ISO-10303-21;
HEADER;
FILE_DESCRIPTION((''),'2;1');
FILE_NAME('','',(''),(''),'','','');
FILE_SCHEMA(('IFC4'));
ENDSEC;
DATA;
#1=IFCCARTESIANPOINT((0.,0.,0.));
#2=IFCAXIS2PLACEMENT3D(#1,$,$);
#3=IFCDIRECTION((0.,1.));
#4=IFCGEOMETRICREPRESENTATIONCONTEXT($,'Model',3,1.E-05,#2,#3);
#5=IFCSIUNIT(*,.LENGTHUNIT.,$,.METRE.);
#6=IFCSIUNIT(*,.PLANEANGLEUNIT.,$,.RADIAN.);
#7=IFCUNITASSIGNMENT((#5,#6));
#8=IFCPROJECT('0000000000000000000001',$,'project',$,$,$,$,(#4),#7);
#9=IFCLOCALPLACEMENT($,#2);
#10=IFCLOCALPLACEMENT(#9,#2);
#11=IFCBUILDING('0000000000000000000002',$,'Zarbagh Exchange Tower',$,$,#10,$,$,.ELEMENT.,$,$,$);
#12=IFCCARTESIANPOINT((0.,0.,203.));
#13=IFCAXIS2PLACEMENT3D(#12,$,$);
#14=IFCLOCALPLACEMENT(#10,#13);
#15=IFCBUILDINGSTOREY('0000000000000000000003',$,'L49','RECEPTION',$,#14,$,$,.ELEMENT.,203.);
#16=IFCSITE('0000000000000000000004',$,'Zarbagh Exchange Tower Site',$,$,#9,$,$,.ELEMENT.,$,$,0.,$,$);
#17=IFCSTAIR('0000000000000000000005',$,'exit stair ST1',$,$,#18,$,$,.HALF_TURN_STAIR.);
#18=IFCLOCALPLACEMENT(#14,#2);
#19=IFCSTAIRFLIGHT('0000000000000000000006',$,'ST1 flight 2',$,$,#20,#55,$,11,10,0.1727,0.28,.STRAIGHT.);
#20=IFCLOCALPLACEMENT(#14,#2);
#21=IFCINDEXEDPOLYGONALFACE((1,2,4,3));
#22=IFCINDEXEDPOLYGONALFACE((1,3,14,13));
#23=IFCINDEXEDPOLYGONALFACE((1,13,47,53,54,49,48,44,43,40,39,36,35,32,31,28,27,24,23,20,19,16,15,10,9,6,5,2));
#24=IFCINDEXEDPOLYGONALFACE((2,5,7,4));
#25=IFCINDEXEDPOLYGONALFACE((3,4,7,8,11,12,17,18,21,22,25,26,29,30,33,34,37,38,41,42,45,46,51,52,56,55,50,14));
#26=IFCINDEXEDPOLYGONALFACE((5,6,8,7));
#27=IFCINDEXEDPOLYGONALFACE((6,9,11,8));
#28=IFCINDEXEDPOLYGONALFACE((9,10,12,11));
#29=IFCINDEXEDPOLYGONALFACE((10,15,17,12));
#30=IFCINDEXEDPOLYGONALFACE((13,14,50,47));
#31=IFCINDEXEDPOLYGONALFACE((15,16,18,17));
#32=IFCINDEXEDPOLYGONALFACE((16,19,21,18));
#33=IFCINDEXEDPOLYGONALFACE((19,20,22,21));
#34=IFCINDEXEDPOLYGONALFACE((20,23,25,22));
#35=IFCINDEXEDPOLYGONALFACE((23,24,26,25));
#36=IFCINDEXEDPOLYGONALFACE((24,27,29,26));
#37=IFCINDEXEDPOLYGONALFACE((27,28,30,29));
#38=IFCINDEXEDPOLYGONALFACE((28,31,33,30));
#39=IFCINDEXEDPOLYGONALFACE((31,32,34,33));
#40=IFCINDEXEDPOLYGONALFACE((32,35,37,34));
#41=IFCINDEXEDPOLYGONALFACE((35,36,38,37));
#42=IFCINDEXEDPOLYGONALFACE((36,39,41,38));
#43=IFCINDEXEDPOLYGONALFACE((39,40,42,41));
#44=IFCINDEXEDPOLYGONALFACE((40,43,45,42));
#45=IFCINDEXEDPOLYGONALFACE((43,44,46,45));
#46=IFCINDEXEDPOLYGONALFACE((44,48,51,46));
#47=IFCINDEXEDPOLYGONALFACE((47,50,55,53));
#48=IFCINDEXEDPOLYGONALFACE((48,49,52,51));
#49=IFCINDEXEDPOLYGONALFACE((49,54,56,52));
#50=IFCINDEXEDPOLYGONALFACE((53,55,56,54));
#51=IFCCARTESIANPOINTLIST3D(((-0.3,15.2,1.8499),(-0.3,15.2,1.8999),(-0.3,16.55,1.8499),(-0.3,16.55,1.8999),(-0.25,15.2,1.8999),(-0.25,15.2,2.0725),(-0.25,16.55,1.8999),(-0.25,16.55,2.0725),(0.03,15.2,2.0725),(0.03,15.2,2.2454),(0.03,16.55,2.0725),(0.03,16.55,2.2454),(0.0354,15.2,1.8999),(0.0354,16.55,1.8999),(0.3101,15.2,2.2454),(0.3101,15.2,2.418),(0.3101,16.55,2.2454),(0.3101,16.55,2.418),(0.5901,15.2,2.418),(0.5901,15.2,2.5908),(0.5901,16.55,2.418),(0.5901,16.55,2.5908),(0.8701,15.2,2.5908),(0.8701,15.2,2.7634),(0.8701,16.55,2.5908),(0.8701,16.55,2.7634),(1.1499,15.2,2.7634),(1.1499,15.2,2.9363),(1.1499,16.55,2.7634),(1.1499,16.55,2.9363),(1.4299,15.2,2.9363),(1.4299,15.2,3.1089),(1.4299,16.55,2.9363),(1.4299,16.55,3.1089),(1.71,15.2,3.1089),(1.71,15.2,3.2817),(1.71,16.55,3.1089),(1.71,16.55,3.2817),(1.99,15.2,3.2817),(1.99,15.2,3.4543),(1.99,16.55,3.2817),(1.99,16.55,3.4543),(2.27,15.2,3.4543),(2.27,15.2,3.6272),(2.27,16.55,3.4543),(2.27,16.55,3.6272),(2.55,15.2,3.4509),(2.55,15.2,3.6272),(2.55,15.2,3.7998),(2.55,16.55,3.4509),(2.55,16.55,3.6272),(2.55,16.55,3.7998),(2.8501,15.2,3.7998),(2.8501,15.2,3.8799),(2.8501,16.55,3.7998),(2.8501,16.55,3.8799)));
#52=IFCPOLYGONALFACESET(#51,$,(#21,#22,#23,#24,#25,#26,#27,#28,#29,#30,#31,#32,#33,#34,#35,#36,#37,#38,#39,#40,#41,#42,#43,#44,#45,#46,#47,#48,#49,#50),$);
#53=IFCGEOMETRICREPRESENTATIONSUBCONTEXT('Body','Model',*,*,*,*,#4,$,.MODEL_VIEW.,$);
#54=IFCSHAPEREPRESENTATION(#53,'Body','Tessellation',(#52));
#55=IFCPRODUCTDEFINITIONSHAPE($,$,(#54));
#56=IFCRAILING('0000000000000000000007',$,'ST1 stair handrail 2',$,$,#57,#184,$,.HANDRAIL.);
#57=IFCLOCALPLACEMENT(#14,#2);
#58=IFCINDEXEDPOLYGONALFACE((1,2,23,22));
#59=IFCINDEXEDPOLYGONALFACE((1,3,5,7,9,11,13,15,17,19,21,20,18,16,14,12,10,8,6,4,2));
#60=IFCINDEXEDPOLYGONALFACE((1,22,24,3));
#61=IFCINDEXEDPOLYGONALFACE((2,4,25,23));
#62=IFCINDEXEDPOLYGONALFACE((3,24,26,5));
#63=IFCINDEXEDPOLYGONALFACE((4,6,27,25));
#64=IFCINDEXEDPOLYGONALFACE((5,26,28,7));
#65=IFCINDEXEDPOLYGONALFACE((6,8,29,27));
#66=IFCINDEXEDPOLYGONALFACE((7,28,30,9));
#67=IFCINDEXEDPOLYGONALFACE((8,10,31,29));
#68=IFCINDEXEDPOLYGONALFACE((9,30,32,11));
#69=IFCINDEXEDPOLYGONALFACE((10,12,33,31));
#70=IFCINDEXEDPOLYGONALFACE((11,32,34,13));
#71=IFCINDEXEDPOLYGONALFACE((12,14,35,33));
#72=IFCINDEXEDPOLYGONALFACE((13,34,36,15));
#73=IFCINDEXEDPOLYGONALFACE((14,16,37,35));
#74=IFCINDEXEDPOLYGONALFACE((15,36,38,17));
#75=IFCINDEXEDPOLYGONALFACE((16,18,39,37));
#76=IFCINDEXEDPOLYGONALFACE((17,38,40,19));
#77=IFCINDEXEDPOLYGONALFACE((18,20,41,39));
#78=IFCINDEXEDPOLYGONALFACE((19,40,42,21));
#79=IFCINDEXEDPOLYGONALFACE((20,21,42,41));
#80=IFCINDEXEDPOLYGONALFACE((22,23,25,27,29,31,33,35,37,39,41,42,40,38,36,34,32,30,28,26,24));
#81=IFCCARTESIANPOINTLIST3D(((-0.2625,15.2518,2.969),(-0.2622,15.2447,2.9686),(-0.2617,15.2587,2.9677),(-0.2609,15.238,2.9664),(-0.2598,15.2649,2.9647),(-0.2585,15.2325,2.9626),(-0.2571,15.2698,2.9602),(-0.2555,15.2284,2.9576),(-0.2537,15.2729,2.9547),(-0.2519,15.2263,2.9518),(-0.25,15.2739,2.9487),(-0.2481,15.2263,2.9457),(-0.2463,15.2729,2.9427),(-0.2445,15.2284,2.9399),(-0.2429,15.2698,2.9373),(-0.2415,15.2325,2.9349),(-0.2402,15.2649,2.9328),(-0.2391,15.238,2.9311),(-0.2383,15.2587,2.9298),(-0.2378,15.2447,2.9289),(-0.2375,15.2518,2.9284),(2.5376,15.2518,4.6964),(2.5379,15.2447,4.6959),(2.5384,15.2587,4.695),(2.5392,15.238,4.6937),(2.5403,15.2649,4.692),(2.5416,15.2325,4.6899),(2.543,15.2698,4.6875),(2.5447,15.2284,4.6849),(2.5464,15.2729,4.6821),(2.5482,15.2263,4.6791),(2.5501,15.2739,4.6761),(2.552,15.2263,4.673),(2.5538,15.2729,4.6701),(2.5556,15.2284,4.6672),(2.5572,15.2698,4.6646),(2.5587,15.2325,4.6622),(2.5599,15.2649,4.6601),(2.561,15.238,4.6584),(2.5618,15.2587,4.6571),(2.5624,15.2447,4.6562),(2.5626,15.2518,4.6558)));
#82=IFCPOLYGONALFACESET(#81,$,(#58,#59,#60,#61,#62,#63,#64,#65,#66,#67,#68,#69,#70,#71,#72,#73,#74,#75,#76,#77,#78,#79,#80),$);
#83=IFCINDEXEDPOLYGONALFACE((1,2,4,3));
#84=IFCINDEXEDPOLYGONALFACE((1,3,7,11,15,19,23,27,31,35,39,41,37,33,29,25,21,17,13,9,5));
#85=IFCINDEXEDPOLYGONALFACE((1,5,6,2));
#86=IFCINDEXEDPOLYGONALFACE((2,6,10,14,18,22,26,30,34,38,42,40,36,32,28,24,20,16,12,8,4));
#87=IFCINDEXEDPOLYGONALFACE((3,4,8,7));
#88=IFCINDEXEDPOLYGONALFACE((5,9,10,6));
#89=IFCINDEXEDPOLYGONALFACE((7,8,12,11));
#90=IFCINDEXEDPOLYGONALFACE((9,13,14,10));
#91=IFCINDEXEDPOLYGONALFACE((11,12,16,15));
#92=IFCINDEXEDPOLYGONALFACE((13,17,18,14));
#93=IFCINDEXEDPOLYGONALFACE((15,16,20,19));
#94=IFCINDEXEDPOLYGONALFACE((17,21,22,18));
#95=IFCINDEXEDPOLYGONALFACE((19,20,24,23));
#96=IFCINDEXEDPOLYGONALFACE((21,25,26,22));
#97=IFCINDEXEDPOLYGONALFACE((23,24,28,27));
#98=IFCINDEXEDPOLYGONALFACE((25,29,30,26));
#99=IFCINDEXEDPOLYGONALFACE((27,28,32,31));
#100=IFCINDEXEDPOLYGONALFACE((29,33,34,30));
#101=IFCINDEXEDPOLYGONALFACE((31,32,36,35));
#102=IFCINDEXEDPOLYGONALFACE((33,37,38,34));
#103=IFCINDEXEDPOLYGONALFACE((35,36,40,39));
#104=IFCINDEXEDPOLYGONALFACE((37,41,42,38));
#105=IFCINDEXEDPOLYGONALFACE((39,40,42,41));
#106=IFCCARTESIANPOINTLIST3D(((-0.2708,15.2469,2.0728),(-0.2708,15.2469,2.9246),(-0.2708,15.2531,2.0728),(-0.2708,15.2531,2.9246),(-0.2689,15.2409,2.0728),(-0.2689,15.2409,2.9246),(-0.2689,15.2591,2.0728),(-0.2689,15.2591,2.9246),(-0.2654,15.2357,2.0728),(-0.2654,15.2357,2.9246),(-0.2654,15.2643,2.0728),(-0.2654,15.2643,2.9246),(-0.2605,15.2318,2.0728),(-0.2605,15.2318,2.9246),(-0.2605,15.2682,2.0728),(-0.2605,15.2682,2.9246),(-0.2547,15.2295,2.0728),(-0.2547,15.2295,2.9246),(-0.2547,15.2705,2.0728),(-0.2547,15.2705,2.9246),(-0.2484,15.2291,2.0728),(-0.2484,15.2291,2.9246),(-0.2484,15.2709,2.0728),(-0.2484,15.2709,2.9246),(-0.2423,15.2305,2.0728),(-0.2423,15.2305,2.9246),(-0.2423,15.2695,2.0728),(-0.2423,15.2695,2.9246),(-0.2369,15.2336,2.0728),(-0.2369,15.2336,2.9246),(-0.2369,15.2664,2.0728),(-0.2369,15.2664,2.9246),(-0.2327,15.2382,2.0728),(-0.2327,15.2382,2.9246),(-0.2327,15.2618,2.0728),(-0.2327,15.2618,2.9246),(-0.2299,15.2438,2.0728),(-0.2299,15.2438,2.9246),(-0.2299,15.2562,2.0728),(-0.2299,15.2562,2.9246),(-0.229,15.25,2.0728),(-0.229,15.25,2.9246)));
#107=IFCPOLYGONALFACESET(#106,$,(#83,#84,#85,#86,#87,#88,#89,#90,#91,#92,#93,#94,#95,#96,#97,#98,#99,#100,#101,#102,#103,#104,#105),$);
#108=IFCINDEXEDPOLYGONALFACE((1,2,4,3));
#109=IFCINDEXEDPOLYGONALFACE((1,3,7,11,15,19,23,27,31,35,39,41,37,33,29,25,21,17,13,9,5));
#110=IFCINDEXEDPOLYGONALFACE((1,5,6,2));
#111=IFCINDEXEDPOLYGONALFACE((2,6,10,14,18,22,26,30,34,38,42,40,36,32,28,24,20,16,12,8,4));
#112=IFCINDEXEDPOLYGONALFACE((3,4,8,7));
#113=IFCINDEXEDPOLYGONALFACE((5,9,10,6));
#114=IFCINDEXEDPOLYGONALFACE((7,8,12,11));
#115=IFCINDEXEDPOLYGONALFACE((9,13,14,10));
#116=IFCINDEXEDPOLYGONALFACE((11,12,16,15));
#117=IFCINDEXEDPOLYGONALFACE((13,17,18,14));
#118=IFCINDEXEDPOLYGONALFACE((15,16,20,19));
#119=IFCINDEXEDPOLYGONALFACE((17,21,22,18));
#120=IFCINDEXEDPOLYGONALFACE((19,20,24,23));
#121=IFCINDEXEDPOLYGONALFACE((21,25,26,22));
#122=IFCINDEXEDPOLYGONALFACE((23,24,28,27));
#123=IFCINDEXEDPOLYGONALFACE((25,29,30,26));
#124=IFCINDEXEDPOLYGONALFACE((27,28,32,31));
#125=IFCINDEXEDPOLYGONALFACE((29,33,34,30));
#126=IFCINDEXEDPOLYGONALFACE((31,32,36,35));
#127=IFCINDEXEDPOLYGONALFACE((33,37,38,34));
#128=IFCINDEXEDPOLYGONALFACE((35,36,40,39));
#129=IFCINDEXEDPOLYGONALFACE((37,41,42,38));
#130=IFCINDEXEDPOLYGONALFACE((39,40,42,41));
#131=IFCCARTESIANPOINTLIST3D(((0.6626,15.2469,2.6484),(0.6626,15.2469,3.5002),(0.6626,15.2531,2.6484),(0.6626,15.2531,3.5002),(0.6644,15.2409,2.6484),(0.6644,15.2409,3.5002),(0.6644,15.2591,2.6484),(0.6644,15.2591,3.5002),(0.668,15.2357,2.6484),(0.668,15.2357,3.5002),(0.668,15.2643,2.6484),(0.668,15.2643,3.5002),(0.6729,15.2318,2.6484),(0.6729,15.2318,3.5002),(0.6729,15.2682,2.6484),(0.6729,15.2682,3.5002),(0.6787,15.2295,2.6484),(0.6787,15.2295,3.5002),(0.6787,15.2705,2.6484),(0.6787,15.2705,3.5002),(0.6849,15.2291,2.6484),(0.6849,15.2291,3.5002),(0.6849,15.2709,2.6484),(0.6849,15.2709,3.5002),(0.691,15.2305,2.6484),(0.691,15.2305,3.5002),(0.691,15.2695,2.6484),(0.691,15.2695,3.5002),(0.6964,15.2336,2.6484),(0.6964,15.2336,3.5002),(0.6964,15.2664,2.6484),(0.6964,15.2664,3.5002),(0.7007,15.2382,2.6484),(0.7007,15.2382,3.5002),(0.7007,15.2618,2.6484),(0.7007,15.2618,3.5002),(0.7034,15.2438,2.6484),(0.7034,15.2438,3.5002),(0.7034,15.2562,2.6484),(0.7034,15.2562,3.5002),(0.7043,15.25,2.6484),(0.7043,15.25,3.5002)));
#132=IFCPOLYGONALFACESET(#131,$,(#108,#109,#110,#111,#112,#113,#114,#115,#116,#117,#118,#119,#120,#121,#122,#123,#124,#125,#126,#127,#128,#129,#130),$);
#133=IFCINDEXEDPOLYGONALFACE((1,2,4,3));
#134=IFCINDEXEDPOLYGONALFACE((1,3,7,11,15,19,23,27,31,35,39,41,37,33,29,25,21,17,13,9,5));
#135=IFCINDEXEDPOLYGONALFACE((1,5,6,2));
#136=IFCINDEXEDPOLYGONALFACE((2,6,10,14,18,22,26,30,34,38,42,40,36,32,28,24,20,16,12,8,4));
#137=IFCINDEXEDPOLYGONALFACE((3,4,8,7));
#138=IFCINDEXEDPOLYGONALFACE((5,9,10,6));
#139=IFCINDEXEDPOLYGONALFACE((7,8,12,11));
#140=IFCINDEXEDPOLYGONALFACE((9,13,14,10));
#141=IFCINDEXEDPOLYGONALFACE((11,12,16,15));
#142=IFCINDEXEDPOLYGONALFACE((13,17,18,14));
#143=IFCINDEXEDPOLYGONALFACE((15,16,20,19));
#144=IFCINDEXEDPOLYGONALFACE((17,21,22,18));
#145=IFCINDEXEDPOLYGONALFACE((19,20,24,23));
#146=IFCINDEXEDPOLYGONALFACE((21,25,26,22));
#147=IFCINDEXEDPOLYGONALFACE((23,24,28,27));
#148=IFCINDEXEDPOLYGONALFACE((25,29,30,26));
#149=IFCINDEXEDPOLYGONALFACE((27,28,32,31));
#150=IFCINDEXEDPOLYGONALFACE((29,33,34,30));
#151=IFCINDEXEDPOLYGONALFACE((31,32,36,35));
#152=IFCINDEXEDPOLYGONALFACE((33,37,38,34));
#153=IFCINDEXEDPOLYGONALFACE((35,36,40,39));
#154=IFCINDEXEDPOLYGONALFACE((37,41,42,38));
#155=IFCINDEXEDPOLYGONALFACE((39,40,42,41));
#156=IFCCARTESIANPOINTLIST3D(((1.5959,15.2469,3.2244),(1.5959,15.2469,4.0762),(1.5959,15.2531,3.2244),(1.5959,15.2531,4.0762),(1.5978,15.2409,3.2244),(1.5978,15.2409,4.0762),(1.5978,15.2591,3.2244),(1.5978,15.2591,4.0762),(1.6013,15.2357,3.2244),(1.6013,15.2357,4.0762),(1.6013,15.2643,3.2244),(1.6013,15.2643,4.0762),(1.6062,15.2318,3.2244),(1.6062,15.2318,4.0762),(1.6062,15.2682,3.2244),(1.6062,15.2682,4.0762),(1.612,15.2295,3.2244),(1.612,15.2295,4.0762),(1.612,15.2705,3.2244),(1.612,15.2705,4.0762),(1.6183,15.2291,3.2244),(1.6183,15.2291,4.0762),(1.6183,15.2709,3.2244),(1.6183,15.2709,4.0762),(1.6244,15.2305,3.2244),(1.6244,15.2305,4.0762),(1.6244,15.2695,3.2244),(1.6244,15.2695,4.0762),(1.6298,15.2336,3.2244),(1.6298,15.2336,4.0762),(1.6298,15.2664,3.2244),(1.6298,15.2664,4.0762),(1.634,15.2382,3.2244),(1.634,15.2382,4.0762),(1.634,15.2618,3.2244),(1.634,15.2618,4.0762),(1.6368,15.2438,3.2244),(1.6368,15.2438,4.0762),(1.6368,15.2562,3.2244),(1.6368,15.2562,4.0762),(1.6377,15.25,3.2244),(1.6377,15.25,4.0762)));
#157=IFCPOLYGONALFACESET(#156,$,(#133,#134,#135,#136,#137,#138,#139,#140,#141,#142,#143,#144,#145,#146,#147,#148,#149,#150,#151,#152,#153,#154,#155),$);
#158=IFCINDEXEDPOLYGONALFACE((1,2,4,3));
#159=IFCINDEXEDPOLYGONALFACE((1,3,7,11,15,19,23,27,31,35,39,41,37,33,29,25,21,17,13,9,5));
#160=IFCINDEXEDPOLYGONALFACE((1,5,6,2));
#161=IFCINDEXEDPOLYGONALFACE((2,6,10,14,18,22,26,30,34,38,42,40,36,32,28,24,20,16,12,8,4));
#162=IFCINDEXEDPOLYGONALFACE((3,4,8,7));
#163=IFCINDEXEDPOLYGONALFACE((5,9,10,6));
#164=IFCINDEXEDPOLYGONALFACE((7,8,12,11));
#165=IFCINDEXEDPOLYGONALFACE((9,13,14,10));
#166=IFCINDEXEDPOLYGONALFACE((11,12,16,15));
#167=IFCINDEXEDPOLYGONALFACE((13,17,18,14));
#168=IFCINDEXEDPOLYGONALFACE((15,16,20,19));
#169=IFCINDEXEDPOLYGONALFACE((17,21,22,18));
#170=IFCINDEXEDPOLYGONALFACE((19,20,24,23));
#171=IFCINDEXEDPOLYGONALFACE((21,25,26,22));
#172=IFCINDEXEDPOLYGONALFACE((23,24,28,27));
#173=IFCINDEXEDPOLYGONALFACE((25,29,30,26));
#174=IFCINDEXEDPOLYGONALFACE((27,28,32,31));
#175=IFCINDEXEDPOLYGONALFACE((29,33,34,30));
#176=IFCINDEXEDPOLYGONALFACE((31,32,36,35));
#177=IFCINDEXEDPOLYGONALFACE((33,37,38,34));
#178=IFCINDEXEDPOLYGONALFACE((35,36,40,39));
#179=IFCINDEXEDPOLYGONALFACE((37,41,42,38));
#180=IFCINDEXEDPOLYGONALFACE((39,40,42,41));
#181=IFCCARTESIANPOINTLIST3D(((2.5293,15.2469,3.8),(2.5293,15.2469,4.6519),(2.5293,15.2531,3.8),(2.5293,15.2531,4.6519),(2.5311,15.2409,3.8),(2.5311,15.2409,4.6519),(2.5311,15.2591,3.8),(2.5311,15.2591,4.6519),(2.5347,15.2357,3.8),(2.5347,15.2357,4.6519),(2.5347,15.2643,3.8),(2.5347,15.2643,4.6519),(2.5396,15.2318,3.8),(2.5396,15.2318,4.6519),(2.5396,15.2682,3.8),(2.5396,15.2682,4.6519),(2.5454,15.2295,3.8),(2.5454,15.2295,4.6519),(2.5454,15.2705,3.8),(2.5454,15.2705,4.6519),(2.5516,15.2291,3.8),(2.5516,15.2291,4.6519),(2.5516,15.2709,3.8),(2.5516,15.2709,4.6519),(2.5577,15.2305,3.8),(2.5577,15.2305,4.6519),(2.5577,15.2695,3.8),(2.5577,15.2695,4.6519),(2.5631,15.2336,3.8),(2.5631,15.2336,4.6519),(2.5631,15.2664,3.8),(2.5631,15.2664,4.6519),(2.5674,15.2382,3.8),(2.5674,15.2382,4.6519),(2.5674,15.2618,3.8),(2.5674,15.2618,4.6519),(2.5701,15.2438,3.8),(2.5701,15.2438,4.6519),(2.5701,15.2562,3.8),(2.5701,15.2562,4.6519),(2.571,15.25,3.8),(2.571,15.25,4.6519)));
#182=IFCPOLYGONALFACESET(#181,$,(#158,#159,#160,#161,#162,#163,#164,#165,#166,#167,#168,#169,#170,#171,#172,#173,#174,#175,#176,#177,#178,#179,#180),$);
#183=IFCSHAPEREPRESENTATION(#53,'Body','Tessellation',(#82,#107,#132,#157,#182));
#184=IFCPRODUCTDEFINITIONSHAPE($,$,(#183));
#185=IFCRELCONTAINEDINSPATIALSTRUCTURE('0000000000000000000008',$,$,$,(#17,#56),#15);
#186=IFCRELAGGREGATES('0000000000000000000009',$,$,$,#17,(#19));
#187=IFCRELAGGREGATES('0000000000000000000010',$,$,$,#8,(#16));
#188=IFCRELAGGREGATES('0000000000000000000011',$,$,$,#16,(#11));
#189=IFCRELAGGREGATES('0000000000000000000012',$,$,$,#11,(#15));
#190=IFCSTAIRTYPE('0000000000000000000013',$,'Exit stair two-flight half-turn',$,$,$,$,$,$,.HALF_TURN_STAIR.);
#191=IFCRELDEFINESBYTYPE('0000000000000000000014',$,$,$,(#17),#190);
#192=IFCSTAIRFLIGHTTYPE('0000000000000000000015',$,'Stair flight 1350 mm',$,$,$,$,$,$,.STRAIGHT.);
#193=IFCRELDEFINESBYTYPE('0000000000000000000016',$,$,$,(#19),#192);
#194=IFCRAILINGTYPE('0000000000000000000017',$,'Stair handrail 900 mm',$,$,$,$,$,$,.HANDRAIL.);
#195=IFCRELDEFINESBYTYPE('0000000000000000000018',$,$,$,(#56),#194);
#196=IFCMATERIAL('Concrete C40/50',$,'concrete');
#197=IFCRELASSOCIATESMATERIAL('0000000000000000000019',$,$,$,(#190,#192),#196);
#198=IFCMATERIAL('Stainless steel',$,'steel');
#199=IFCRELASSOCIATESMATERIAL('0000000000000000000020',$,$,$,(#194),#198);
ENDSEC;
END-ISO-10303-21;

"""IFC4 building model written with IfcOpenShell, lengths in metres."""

from ifc_helpers import new_model, si_unit, direction, frame, origin, origin_2d, place, context, subcontext, project, spatial, polyline, circle, outline, extrude, material, type_object, element, aggregate, save


model = new_model("IFC4")

# Units and contexts
model_context = context("Model", 3, precision=1e-05, world=origin(), true_north=direction((0.0, 1.0)))
body_context = subcontext(model_context, "Body", "Model", "MODEL_VIEW")
ifc_project = project(units=[si_unit("LENGTHUNIT", "METRE"), si_unit("PLANEANGLEUNIT", "RADIAN")], contexts=[model_context])

# Site, building, storey
site_placement = place(None, origin())
site = spatial("IfcSite", under=ifc_project, at=site_placement, Name="Zarbagh Exchange Tower Site", CompositionType="ELEMENT", RefElevation=0.0)
building_placement = place(site_placement, origin())
building = spatial("IfcBuilding", under=site, at=building_placement, Name="Zarbagh Exchange Tower", CompositionType="ELEMENT")
storey_placement = place(building_placement, frame((0.0, 0.0, 203.0)))
storey = spatial("IfcBuildingStorey", under=building, at=storey_placement, Name="L49", Description="RECEPTION", CompositionType="ELEMENT", Elevation=203.0)

# Stair, stair flight
ifc_material_1 = material(Name="Concrete C40/50", Category="concrete")
stair_type = type_object("IfcStairType", Name="Exit stair two-flight half-turn", PredefinedType="HALF_TURN_STAIR", material=ifc_material_1)
stair_placement = place(storey_placement, origin())
stair = element("IfcStair", 1, at=stair_placement, inside=storey, type_object=stair_type, Name="exit stair ST1", PredefinedType="HALF_TURN_STAIR")
stair_flight_type = type_object("IfcStairFlightType", Name="Stair flight 1350 mm", PredefinedType="STRAIGHT", material=ifc_material_1)
stair_flight_placement = place(storey_placement, frame((-0.25, 15.875, 1.8999), z_axis=(0.0, 0.0, 1.0), x_axis=(1.0, 0.0, 0.0)))
stair_flight = element("IfcStairFlight", 2, at=stair_flight_placement, type_object=stair_flight_type, Name="ST1 flight 2", NumberOfRisers=11, NumberOfTreads=10, PredefinedType="STRAIGHT", RiserHeight=0.1727, TreadLength=0.28, context=body_context, shape_type="SweptSolid", body=[
    extrude(outline(polyline([(-0.05, -0.05), (-0.05, 0.0), (0.0, 0.0), (0.0, 0.1726), (0.28, 0.1726), (0.28, 0.3455), (0.5601, 0.3455), (0.5601, 0.5181), (0.8401, 0.5181), (0.8401, 0.6909), (1.1201, 0.6909), (1.1201, 0.8635), (1.3999, 0.8635), (1.3999, 1.0364), (1.6799, 1.0364), (1.6799, 1.209), (1.96, 1.209), (1.96, 1.3818), (2.24, 1.3818), (2.24, 1.5544), (2.52, 1.5544), (2.52, 1.7273), (2.8, 1.7273), (2.8, 1.8999), (3.1001, 1.98), (3.1001, 1.8999), (2.8, 1.551), (0.2854, 0.0), (-0.05, -0.05)])), frame((0.0, 0.675, 0.0), z_axis=(0.0, -1.0, 0.0), x_axis=(1.0, 0.0, 0.0)), (0.0, 0.0, 1.0), 1.3501),
])
aggregate(stair, [stair_flight])

# Railing
ifc_material_2 = material(Name="Stainless steel", Category="steel")
railing_type = type_object("IfcRailingType", Name="Stair handrail 900 mm", PredefinedType="HANDRAIL", material=ifc_material_2)
railing_placement = place(storey_placement, frame((-0.25, 15.25, 2.0728)))
element("IfcRailing", 3, at=railing_placement, inside=storey, type_object=railing_type, Name="ST1 stair handrail 2", PredefinedType="HANDRAIL", context=body_context, shape_type="SweptSolid", body=[
    extrude(circle(Radius=0.0239, at=origin_2d()), frame((0.0, 0.0, 0.876), z_axis=(0.85109, 0.0, 0.52502), x_axis=(0.0, 1.0, 0.0)), (0.0, 0.0, 1.0), 3.29),
    extrude(circle(Radius=0.021, at=origin_2d()), origin(), (0.0, 0.0, 1.0), 0.8518),
    extrude(circle(Radius=0.021, at=origin_2d()), frame((0.9333, 0.0, 0.5757)), (0.0, 0.0, 1.0), 0.8518),
    extrude(circle(Radius=0.021, at=origin_2d()), frame((1.8667, 0.0, 1.1516)), (0.0, 0.0, 1.0), 0.8518),
    extrude(circle(Radius=0.021, at=origin_2d()), frame((2.8, 0.0, 1.7273)), (0.0, 0.0, 1.0), 0.8518),
])

save(model, "model.ifc")
